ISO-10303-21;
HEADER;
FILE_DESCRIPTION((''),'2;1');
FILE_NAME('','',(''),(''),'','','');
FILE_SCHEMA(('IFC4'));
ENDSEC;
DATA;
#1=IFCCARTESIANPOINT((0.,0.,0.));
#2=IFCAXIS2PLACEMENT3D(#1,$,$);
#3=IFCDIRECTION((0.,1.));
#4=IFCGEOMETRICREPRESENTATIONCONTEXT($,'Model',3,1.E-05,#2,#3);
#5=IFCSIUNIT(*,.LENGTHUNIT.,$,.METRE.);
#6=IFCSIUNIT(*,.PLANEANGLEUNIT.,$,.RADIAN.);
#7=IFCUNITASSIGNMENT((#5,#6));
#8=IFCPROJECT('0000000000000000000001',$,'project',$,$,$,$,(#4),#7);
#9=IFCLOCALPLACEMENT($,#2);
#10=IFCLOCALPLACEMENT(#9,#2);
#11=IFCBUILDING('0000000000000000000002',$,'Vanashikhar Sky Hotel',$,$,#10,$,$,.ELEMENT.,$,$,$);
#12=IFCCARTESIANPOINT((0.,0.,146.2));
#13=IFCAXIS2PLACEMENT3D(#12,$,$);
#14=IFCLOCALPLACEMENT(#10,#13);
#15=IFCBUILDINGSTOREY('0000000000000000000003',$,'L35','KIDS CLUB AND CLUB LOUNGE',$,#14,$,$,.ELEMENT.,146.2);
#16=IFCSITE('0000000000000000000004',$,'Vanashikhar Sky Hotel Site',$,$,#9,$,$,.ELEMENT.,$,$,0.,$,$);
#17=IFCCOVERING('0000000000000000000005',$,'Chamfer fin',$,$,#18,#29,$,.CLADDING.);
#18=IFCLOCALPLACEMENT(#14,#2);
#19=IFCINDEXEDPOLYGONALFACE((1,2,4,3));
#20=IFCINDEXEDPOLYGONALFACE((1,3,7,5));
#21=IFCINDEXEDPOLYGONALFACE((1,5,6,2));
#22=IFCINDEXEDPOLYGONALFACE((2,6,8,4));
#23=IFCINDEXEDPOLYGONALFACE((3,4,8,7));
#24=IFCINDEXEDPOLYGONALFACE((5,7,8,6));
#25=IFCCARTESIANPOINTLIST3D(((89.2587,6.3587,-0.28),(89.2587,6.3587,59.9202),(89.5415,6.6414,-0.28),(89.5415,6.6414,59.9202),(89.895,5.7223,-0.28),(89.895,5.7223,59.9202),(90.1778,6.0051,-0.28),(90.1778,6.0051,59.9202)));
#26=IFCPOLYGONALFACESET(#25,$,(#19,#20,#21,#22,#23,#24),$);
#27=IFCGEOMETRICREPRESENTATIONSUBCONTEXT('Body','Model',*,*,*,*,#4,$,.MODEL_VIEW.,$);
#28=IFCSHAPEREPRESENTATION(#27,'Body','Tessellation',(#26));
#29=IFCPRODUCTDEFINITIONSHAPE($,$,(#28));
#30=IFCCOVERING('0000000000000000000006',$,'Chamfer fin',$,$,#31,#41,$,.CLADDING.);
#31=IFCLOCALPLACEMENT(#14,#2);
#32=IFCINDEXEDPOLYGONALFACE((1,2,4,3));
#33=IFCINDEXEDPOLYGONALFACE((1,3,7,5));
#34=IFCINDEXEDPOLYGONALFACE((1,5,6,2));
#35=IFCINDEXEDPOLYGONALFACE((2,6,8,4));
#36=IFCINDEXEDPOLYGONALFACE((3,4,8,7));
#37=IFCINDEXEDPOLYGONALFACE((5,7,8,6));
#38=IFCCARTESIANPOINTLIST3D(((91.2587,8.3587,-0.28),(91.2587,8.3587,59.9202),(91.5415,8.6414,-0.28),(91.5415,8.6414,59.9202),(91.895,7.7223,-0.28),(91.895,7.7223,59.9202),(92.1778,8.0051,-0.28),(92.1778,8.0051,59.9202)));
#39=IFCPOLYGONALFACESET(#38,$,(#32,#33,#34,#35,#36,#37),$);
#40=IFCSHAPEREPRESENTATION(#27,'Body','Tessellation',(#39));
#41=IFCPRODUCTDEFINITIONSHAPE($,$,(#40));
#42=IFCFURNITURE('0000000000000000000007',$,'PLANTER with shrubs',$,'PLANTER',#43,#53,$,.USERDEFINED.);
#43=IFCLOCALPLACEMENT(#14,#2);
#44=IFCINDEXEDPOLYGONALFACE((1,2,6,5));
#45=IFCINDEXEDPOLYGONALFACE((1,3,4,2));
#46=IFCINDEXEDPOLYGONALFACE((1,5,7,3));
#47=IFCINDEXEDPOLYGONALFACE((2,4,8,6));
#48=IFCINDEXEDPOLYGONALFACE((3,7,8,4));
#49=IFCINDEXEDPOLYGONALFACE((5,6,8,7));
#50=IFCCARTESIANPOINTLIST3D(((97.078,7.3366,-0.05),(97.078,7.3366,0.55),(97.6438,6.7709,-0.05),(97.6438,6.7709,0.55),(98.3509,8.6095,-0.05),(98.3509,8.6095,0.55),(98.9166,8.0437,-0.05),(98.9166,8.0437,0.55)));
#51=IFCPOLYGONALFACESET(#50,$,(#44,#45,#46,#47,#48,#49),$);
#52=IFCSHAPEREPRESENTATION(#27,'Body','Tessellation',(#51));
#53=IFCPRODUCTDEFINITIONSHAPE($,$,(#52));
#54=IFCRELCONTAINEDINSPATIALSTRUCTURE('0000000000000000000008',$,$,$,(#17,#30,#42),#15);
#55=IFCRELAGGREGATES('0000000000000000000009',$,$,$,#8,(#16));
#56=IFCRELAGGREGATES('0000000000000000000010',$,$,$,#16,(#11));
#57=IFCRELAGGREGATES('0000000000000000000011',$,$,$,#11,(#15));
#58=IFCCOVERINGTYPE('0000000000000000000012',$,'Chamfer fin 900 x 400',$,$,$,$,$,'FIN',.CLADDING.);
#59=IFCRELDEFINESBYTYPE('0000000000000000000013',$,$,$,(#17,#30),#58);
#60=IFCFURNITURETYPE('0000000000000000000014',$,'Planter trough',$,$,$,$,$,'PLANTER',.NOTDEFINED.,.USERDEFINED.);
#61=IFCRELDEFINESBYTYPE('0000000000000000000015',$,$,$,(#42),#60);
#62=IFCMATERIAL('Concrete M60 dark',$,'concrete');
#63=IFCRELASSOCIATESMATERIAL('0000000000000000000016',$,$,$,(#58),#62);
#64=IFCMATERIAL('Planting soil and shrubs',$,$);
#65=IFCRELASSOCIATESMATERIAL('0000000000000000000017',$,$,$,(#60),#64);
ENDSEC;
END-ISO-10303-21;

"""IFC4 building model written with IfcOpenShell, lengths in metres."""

from ifc_helpers import new_model, si_unit, direction, frame, origin, origin_2d, place, context, subcontext, project, spatial, rectangle, extrude, source, transform, mapped, material, material_profile, profile_set, type_object, element, save


model = new_model("IFC4")

# Units and contexts
model_context = context("Model", 3, precision=1e-05, world=origin(), true_north=direction((0.0, 1.0)))
body_context = subcontext(model_context, "Body", "Model", "MODEL_VIEW")
ifc_project = project(units=[si_unit("LENGTHUNIT", "METRE"), si_unit("PLANEANGLEUNIT", "RADIAN")], contexts=[model_context])

# Site, building, storey
site_placement = place(None, origin())
site = spatial("IfcSite", under=ifc_project, at=site_placement, Name="Vanashikhar Sky Hotel Site", CompositionType="ELEMENT", RefElevation=0.0)
building_placement = place(site_placement, origin())
building = spatial("IfcBuilding", under=site, at=building_placement, Name="Vanashikhar Sky Hotel", CompositionType="ELEMENT")
storey_placement = place(building_placement, frame((0.0, 0.0, 146.2)))
storey = spatial("IfcBuildingStorey", under=building, at=storey_placement, Name="L35", Description="KIDS CLUB AND CLUB LOUNGE", CompositionType="ELEMENT", Elevation=146.2)

# Coverings
ifc_material_1 = material(Name="Concrete M60 dark", Category="concrete")
ifc_material_profile_1 = material_profile(ifc_material_1, rectangle(XDim=0.8999, YDim=0.3999, at=origin_2d()))
ifc_profile_set_1 = profile_set([ifc_material_profile_1], Name="Chamfer fin 900 x 400")
covering_type = type_object("IfcCoveringType", Name="Chamfer fin 900 x 400", ElementType="FIN", PredefinedType="CLADDING", material=ifc_profile_set_1)
shared_shape_1 = source(origin(), body_context, "Body", "SweptSolid", [
    extrude(rectangle(XDim=0.8999, YDim=0.3999, at=origin_2d()), origin(), (0.0, 0.0, 1.0), 60.2002),
])
for number, where, z_axis, x_axis, name in (
    (1, (89.7183, 6.1819, -0.28), (0.0, 0.0, 1.0), (0.707107, -0.707107, 0.0), "Chamfer fin"),
    (2, (91.7183, 8.1819, -0.28), (0.0, 0.0, 1.0), (0.707107, -0.707107, 0.0), "Chamfer fin"),
):
    element("IfcCovering", number, at=place(storey_placement, frame(where, z_axis=z_axis, x_axis=x_axis)), inside=storey, type_object=covering_type, Name=name, PredefinedType="CLADDING", context=body_context, shape_type="MappedRepresentation", body=[
        mapped(shared_shape_1, transform((0.0, 0.0, 0.0), scale=1.0)),
    ])

# Furniture
ifc_material_2 = material(Name="Planting soil and shrubs")
furniture_type = type_object("IfcFurnitureType", Name="Planter trough", ElementType="PLANTER", AssemblyPlace="NOTDEFINED", PredefinedType="USERDEFINED", material=ifc_material_2)
shared_shape_2 = source(origin(), body_context, "Body", "SweptSolid", [
    extrude(rectangle(XDim=1.8, YDim=0.8, at=origin_2d()), origin(), (0.0, 0.0, 1.0), 0.6001),
])
furniture_placement = place(storey_placement, frame((97.9973, 7.6902, -0.05), z_axis=(0.0, 0.0, 1.0), x_axis=(-0.707107, -0.707107, 0.0)))
element("IfcFurniture", 3, at=furniture_placement, inside=storey, type_object=furniture_type, Name="PLANTER with shrubs", ObjectType="PLANTER", PredefinedType="USERDEFINED", context=body_context, shape_type="MappedRepresentation", body=[
    mapped(shared_shape_2, transform((0.0, 0.0, 0.0), scale=1.0)),
])

save(model, "model.ifc")
